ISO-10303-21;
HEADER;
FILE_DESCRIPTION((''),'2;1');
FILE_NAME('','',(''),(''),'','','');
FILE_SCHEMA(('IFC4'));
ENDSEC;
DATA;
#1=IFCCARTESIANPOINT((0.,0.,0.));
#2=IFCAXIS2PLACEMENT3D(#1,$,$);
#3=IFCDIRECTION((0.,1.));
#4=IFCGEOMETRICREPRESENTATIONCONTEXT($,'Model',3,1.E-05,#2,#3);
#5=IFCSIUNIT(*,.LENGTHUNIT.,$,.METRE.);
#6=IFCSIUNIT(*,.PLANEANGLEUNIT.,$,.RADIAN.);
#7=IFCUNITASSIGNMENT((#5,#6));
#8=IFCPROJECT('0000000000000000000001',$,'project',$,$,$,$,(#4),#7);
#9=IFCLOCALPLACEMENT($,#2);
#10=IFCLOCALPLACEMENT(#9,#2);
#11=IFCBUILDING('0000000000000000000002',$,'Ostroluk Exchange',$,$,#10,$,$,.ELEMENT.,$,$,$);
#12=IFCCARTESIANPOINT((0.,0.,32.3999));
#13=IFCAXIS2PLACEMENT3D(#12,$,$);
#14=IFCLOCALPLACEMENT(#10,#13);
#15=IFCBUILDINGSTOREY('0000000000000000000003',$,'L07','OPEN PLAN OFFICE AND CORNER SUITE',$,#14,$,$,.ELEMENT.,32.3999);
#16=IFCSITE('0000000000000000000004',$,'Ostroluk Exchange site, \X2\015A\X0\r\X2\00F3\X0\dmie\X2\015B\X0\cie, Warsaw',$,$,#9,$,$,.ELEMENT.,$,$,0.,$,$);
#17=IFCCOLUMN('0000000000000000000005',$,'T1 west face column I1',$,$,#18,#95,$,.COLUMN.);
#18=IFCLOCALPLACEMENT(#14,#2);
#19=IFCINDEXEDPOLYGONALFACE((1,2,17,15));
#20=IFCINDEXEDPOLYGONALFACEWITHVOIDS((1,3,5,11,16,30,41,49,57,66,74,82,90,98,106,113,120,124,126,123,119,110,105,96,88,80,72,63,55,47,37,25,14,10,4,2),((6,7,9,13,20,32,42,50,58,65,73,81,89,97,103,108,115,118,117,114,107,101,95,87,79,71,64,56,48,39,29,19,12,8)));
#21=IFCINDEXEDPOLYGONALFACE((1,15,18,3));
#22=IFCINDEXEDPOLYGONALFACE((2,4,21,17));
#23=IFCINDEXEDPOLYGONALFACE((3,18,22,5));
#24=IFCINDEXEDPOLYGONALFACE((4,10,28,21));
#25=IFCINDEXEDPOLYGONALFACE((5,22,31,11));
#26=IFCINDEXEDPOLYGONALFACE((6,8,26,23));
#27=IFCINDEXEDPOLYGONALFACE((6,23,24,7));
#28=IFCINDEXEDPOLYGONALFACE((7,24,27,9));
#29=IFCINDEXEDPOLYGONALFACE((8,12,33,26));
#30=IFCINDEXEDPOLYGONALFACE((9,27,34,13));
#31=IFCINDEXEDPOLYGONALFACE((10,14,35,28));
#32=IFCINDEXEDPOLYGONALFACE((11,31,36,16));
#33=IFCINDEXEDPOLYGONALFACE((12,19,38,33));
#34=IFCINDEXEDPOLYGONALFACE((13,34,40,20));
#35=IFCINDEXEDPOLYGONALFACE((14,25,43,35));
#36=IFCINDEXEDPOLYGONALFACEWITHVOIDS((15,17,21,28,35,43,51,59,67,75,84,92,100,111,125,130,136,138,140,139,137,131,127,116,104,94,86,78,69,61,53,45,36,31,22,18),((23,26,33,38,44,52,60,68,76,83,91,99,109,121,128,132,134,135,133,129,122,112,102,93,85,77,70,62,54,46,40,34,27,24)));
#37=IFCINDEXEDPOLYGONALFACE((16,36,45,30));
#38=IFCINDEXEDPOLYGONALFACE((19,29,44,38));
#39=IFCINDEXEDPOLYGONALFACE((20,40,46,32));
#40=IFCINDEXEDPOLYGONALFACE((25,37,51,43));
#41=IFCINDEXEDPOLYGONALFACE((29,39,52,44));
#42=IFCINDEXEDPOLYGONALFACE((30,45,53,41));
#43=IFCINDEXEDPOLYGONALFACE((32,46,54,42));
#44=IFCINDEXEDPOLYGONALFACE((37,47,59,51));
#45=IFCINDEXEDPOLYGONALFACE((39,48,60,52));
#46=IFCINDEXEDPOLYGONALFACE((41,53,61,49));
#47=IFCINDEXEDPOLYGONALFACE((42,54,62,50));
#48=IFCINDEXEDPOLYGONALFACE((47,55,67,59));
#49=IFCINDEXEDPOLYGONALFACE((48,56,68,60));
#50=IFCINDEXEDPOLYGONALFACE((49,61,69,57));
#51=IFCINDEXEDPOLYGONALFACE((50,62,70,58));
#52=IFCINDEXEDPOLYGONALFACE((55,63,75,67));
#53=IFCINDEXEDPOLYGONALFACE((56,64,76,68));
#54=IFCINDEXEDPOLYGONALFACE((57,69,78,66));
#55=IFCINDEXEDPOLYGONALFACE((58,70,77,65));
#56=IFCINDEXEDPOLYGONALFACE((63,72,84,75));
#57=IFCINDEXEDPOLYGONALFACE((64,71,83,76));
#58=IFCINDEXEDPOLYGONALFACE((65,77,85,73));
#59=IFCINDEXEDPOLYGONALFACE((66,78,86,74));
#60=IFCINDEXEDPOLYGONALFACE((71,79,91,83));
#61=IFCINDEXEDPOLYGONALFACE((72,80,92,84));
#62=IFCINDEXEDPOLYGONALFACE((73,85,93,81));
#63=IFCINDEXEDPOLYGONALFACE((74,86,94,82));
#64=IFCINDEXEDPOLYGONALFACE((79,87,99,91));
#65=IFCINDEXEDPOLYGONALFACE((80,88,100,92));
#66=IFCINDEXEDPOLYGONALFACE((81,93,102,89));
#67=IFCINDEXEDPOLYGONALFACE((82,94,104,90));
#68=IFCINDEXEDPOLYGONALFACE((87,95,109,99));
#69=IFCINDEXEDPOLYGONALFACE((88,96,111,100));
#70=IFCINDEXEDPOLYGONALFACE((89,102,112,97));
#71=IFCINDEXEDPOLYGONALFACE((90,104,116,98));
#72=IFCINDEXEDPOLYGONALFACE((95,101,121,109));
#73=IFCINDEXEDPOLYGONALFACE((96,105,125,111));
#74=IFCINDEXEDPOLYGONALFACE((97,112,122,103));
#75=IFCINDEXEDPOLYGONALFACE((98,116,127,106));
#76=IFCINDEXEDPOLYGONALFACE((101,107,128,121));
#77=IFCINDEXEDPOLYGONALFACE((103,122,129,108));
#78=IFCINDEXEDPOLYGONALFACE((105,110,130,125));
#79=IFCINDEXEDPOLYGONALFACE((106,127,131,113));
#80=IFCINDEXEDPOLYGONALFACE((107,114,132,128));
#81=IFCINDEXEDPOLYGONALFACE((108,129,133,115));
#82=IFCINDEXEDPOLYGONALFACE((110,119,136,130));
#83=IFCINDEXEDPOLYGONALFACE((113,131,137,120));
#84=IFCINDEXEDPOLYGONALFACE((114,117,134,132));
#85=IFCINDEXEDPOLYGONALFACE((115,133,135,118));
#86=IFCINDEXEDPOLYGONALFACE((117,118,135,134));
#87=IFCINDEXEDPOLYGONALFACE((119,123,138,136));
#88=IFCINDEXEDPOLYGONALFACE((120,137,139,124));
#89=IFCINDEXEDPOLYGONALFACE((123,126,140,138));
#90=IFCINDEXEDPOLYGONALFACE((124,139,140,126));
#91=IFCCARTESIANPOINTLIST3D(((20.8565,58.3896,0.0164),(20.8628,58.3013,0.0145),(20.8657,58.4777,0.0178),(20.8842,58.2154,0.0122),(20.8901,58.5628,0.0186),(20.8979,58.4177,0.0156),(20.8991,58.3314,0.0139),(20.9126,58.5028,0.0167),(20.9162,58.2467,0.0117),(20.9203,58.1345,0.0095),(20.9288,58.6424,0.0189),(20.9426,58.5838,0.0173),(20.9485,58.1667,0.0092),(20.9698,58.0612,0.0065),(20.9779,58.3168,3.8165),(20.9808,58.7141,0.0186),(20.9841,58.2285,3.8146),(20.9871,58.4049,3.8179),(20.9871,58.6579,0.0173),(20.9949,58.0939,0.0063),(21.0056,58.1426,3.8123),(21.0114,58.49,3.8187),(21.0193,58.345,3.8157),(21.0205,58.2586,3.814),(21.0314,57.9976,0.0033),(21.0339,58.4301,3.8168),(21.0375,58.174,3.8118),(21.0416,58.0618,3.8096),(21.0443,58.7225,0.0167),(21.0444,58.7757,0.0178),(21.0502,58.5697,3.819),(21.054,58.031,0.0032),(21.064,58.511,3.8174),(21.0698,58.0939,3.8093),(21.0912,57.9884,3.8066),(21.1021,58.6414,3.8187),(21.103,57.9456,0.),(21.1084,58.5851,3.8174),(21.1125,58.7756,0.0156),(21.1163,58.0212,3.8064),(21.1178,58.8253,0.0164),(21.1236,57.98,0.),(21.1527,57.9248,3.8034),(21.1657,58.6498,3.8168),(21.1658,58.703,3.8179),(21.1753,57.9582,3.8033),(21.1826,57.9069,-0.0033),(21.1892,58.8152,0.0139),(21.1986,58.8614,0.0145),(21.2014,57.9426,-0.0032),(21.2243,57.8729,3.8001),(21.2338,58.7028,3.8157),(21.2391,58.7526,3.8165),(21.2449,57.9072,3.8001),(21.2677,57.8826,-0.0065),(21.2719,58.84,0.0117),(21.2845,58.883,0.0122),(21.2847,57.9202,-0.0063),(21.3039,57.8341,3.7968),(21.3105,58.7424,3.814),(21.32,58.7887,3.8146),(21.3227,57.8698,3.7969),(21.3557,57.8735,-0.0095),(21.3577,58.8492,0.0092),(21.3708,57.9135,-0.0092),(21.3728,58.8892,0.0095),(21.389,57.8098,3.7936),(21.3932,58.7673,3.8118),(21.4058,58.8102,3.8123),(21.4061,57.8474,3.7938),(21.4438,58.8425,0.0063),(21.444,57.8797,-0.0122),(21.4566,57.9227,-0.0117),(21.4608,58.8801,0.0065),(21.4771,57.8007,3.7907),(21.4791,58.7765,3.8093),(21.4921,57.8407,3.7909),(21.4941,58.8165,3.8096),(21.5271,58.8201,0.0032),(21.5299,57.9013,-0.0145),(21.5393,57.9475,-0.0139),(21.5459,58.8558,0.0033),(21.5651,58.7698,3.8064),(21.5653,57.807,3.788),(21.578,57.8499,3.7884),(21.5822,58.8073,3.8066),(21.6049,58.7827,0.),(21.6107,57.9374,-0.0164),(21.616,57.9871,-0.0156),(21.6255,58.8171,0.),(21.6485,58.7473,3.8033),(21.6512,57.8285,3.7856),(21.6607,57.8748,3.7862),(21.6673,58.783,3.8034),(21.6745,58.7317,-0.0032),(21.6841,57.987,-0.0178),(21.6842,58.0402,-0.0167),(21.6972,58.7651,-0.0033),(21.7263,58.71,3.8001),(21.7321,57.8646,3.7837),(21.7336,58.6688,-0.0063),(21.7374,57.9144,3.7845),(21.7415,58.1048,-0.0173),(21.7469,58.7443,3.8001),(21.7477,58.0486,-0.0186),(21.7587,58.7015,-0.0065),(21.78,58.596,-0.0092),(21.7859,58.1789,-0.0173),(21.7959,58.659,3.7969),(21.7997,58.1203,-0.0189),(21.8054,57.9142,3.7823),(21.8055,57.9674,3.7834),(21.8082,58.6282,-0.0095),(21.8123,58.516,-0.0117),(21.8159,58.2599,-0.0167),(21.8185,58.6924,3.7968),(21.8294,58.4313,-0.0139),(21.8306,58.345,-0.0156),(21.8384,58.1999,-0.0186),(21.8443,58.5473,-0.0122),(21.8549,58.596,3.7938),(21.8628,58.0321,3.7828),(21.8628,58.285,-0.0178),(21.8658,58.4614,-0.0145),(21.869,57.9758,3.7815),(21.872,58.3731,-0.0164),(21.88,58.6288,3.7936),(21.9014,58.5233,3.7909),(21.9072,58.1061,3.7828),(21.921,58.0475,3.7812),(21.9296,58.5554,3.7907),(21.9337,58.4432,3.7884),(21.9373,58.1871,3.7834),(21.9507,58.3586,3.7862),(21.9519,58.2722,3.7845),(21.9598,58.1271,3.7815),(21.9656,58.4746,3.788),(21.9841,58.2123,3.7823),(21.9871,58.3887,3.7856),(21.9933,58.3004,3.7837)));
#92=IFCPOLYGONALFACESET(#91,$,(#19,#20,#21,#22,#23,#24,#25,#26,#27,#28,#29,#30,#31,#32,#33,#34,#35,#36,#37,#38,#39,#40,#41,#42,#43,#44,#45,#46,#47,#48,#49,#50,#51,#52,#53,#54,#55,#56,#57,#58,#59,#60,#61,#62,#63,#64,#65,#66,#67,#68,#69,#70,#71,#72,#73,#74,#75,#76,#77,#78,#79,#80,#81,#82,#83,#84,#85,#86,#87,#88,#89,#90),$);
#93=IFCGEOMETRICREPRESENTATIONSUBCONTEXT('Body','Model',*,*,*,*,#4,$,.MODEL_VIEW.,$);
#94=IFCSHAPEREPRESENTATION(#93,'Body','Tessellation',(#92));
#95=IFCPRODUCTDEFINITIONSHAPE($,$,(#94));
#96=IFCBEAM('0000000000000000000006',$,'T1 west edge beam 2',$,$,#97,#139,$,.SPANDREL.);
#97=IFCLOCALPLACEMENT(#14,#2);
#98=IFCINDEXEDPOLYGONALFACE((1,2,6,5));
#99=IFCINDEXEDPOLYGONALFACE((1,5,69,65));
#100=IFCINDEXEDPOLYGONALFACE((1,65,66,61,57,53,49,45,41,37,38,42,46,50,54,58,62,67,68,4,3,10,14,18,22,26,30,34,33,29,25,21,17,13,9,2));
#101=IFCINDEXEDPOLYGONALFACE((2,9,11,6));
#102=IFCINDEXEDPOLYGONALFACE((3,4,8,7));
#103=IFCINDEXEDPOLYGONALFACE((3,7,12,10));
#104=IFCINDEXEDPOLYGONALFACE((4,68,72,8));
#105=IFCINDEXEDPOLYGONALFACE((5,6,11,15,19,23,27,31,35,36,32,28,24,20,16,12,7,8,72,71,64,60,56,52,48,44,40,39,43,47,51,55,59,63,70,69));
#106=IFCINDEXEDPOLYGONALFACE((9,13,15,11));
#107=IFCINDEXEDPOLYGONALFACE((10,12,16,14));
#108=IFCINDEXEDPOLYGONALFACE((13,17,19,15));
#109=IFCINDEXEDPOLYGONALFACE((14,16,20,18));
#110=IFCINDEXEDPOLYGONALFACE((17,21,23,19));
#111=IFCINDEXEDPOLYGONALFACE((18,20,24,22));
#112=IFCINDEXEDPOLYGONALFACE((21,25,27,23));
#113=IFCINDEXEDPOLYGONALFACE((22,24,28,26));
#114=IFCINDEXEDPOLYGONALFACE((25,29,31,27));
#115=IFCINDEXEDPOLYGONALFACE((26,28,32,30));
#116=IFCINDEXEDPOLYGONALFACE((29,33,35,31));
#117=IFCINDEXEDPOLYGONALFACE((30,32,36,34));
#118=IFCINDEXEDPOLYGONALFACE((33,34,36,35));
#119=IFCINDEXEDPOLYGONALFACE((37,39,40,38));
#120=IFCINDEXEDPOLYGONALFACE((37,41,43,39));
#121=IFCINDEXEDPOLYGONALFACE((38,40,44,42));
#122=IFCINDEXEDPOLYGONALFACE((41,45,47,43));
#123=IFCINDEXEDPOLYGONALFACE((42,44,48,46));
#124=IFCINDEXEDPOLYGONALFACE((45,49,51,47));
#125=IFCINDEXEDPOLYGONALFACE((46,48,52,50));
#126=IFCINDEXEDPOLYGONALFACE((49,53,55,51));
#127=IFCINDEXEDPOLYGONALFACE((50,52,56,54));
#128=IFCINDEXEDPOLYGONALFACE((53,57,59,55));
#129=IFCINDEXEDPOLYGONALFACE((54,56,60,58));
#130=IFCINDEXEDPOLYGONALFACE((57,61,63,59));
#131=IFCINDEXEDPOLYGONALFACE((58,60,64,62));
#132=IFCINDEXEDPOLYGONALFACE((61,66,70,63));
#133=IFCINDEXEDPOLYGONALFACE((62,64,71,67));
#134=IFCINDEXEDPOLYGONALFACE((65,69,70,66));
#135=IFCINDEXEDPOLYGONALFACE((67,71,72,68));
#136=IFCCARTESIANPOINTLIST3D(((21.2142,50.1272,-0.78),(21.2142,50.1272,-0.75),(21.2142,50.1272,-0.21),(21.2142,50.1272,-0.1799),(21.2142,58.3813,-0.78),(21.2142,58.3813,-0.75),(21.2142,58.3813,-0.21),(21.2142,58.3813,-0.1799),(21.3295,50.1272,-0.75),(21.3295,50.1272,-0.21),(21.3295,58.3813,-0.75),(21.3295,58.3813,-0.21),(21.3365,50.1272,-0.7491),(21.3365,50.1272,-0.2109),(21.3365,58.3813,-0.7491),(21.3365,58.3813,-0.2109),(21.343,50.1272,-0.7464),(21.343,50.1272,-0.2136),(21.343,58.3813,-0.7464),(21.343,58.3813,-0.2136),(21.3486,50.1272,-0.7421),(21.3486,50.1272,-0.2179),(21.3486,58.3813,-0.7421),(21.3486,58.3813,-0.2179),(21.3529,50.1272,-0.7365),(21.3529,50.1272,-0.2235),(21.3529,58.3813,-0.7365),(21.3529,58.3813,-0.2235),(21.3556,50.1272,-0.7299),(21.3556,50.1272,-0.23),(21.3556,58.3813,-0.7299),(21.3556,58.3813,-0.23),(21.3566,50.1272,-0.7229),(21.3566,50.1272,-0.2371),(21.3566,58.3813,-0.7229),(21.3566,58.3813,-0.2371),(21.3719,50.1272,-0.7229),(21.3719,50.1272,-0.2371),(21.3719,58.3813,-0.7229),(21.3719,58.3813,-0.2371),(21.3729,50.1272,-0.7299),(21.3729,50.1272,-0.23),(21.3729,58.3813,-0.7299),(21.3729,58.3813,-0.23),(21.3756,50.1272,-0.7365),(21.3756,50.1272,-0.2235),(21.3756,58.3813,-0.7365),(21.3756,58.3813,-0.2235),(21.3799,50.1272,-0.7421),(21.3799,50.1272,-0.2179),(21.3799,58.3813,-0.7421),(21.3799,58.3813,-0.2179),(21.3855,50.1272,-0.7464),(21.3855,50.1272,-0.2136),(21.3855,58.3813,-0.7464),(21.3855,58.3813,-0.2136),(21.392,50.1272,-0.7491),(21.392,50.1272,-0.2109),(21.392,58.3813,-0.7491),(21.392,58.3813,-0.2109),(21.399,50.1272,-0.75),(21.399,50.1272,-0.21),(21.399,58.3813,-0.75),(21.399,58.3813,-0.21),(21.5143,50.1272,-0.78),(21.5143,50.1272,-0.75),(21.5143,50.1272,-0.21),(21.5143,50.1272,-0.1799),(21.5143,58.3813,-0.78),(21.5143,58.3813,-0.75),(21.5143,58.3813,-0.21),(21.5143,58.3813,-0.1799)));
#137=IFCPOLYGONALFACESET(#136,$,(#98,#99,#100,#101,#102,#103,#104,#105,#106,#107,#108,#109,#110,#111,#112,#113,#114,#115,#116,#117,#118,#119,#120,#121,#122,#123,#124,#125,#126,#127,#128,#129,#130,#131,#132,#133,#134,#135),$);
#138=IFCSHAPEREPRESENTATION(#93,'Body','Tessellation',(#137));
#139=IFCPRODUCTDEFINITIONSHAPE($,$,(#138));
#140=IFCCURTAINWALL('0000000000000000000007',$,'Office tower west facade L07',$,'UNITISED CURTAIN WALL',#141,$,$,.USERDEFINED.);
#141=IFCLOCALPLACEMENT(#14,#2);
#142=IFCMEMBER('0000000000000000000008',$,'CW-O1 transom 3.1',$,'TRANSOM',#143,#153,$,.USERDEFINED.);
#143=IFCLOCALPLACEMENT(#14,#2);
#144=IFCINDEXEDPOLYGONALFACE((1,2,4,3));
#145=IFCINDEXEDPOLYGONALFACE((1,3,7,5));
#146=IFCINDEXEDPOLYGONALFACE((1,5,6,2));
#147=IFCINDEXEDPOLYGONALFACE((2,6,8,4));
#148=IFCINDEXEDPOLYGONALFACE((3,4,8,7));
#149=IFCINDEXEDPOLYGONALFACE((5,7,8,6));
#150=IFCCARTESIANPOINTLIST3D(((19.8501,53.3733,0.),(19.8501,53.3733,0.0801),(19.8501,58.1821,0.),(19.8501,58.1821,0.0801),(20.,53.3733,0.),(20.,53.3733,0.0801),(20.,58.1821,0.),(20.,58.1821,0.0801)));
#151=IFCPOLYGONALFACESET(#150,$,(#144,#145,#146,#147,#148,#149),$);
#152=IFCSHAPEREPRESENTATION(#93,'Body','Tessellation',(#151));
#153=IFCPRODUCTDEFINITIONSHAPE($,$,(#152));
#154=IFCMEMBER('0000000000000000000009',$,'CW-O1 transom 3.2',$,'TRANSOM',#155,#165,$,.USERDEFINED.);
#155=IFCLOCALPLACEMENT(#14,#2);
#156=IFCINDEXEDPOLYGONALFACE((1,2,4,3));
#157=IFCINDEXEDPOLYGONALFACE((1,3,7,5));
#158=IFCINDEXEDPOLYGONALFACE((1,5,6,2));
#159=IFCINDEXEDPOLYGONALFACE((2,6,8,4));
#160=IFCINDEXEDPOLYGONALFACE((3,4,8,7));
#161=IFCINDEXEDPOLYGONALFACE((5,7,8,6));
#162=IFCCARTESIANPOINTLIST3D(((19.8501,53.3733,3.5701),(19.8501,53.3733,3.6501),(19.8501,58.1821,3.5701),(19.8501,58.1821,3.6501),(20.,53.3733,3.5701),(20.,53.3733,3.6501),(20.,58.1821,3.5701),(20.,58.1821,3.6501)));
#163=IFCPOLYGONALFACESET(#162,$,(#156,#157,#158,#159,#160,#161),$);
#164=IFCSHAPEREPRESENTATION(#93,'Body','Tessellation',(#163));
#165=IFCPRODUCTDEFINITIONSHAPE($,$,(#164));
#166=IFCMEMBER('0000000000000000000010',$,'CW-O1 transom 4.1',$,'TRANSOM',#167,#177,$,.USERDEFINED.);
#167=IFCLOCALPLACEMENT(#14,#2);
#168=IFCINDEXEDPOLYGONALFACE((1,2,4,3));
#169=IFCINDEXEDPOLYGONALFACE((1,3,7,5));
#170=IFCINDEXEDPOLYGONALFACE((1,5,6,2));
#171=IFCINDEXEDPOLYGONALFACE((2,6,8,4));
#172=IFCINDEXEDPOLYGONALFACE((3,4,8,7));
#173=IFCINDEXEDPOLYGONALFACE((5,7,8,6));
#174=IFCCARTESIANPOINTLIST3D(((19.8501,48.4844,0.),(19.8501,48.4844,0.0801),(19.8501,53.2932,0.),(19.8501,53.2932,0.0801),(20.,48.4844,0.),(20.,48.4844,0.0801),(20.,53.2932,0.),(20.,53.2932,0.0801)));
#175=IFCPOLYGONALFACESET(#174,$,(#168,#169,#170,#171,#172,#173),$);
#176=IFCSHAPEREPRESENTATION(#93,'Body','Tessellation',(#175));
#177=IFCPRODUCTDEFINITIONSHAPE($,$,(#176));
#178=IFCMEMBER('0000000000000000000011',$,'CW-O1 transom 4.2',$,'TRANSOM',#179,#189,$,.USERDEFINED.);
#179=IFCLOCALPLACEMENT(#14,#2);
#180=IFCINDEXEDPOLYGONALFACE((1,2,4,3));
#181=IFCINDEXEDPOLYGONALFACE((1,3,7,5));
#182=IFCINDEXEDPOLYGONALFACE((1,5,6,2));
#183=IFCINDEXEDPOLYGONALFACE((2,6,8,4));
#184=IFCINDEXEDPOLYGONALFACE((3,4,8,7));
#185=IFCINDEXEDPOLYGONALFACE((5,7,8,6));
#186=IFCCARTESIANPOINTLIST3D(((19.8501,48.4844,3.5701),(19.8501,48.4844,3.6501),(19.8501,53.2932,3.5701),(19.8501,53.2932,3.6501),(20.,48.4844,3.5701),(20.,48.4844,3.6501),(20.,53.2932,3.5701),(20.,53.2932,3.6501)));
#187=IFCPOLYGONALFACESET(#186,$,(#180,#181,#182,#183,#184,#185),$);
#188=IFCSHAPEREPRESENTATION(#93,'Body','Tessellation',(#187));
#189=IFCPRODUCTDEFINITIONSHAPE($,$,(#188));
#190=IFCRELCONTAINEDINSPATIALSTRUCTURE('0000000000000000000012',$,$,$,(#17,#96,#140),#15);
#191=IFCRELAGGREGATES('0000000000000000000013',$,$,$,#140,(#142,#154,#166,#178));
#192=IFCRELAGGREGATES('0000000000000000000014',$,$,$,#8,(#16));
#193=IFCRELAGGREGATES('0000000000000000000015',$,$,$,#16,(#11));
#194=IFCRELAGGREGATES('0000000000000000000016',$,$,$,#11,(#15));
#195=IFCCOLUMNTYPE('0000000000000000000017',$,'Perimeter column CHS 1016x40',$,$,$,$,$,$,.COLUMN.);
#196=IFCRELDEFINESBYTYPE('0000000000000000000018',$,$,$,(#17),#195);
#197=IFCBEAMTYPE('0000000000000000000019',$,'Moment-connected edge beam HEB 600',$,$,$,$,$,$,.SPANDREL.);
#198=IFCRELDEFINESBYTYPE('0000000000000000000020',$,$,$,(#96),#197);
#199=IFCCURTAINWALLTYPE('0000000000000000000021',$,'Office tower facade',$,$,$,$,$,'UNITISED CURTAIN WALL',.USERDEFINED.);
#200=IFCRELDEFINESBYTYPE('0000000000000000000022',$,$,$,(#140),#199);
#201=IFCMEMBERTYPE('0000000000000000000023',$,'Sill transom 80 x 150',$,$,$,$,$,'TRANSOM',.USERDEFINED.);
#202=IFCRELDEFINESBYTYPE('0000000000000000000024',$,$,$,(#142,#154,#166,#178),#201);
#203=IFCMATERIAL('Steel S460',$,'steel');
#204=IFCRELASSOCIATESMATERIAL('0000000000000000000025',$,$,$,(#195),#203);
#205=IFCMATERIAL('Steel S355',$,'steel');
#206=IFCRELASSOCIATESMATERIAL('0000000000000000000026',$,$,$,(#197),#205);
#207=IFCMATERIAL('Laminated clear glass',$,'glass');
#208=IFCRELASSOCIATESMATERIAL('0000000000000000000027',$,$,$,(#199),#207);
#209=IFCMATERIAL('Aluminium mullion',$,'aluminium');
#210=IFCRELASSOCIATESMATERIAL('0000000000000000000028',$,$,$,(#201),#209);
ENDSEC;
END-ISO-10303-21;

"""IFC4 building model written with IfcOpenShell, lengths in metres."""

from ifc_helpers import new_model, si_unit, direction, frame, origin, origin_2d, place, context, subcontext, project, spatial, rectangle, hollow_circle, i_section, extrude, material, material_profile, profile_set, type_object, element, aggregate, save


model = new_model("IFC4")

# Units and contexts
model_context = context("Model", 3, precision=1e-05, world=origin(), true_north=direction((0.0, 1.0)))
body_context = subcontext(model_context, "Body", "Model", "MODEL_VIEW")
ifc_project = project(units=[si_unit("LENGTHUNIT", "METRE"), si_unit("PLANEANGLEUNIT", "RADIAN")], contexts=[model_context])

# Site, building, storey
site_placement = place(None, origin())
site = spatial("IfcSite", under=ifc_project, at=site_placement, Name="Ostroluk Exchange site, Śródmieście, Warsaw", CompositionType="ELEMENT", RefElevation=0.0)
building_placement = place(site_placement, origin())
building = spatial("IfcBuilding", under=site, at=building_placement, Name="Ostroluk Exchange", CompositionType="ELEMENT")
storey_placement = place(building_placement, frame((0.0, 0.0, 32.3999)))
storey = spatial("IfcBuildingStorey", under=building, at=storey_placement, Name="L07", Description="OPEN PLAN OFFICE AND CORNER SUITE", CompositionType="ELEMENT", Elevation=32.3999)

# Column
ifc_material_1 = material(Name="Steel S460", Category="steel")
ifc_material_profile_1 = material_profile(ifc_material_1, hollow_circle(Radius=0.5081, WallThickness=0.04, at=origin_2d()), Name="CHS 1016x40")
ifc_profile_set_1 = profile_set([ifc_material_profile_1], Name="Steel S460")
column_type = type_object("IfcColumnType", Name="Perimeter column CHS 1016x40", PredefinedType="COLUMN", material=ifc_profile_set_1)
column_placement = place(storey_placement, frame((21.3643, 58.3813, 0.0), z_axis=(0.031909, -0.019132, 0.999308), x_axis=(0.514242, 0.857645, 0.0)))
element("IfcColumn", 1, at=column_placement, inside=storey, type_object=column_type, Name="T1 west face column I1", PredefinedType="COLUMN", context=body_context, shape_type="SweptSolid", body=[
    extrude(hollow_circle(Radius=0.5081, WallThickness=0.04, at=origin_2d()), origin(), (0.0, 0.0, 1.0), 3.8027),
])

# Beam
ifc_material_2 = material(Name="Steel S355", Category="steel")
ifc_material_profile_2 = material_profile(ifc_material_2, i_section(OverallWidth=0.3, OverallDepth=0.6001, WebThickness=0.0154, FlangeThickness=0.03, FilletRadius=0.0271, at=origin_2d()), Name="HEB 600")
ifc_profile_set_2 = profile_set([ifc_material_profile_2], Name="Steel S355")
beam_type = type_object("IfcBeamType", Name="Moment-connected edge beam HEB 600", PredefinedType="SPANDREL", material=ifc_profile_set_2)
beam_placement = place(storey_placement, frame((21.3643, 58.3813, -0.48), z_axis=(0.0, -1.0, 0.0), x_axis=(1.0, 0.0, 0.0)))
element("IfcBeam", 2, at=beam_placement, inside=storey, type_object=beam_type, Name="T1 west edge beam 2", PredefinedType="SPANDREL", context=body_context, shape_type="SweptSolid", body=[
    extrude(i_section(OverallWidth=0.3, OverallDepth=0.6001, WebThickness=0.0154, FlangeThickness=0.03, FilletRadius=0.0271, at=origin_2d()), origin(), (0.0, 0.0, 1.0), 8.2542),
])

# Curtain wall, members
ifc_material_3 = material(Name="Laminated clear glass", Category="glass")
curtain_wall_type = type_object("IfcCurtainWallType", Name="Office tower facade", ElementType="UNITISED CURTAIN WALL", PredefinedType="USERDEFINED", material=ifc_material_3)
curtain_wall_placement = place(storey_placement, origin())
curtain_wall = element("IfcCurtainWall", 3, at=curtain_wall_placement, inside=storey, type_object=curtain_wall_type, Name="Office tower west facade L07", ObjectType="UNITISED CURTAIN WALL", PredefinedType="USERDEFINED")
ifc_material_4 = material(Name="Aluminium mullion", Category="aluminium")
ifc_material_profile_3 = material_profile(ifc_material_4, rectangle(XDim=0.1499, YDim=0.0801, at=origin_2d()), Name="Sill transom 80 x 150")
ifc_profile_set_3 = profile_set([ifc_material_profile_3], Name="Aluminium mullion")
member_type_1 = type_object("IfcMemberType", Name="Sill transom 80 x 150", ElementType="TRANSOM", PredefinedType="USERDEFINED", material=ifc_profile_set_3)
member_1_placement = place(storey_placement, frame((19.925, 58.1821, 0.04), z_axis=(0.0, -1.0, 0.0), x_axis=(1.0, 0.0, 0.0)))
member_1 = element("IfcMember", 4, at=member_1_placement, type_object=member_type_1, Name="CW-O1 transom 3.1", ObjectType="TRANSOM", PredefinedType="USERDEFINED", context=body_context, shape_type="SweptSolid", body=[
    extrude(rectangle(XDim=0.1499, YDim=0.0801, at=origin_2d()), origin(), (0.0, 0.0, 1.0), 4.8088),
])
member_2_placement = place(storey_placement, frame((19.925, 58.1821, 3.6101), z_axis=(0.0, -1.0, 0.0), x_axis=(1.0, 0.0, 0.0)))
member_2 = element("IfcMember", 5, at=member_2_placement, type_object=member_type_1, Name="CW-O1 transom 3.2", ObjectType="TRANSOM", PredefinedType="USERDEFINED", context=body_context, shape_type="SweptSolid", body=[
    extrude(rectangle(XDim=0.1499, YDim=0.0801, at=origin_2d()), origin(), (0.0, 0.0, 1.0), 4.8088),
])
member_3_placement = place(storey_placement, frame((19.925, 53.2932, 0.04), z_axis=(0.0, -1.0, 0.0), x_axis=(1.0, 0.0, 0.0)))
member_3 = element("IfcMember", 6, at=member_3_placement, type_object=member_type_1, Name="CW-O1 transom 4.1", ObjectType="TRANSOM", PredefinedType="USERDEFINED", context=body_context, shape_type="SweptSolid", body=[
    extrude(rectangle(XDim=0.1499, YDim=0.0801, at=origin_2d()), origin(), (0.0, 0.0, 1.0), 4.8088),
])
member_4_placement = place(storey_placement, frame((19.925, 53.2932, 3.6101), z_axis=(0.0, -1.0, 0.0), x_axis=(1.0, 0.0, 0.0)))
member_4 = element("IfcMember", 7, at=member_4_placement, type_object=member_type_1, Name="CW-O1 transom 4.2", ObjectType="TRANSOM", PredefinedType="USERDEFINED", context=body_context, shape_type="SweptSolid", body=[
    extrude(rectangle(XDim=0.1499, YDim=0.0801, at=origin_2d()), origin(), (0.0, 0.0, 1.0), 4.8088),
])
aggregate(curtain_wall, [member_1, member_2, member_3, member_4])

save(model, "model.ifc")
